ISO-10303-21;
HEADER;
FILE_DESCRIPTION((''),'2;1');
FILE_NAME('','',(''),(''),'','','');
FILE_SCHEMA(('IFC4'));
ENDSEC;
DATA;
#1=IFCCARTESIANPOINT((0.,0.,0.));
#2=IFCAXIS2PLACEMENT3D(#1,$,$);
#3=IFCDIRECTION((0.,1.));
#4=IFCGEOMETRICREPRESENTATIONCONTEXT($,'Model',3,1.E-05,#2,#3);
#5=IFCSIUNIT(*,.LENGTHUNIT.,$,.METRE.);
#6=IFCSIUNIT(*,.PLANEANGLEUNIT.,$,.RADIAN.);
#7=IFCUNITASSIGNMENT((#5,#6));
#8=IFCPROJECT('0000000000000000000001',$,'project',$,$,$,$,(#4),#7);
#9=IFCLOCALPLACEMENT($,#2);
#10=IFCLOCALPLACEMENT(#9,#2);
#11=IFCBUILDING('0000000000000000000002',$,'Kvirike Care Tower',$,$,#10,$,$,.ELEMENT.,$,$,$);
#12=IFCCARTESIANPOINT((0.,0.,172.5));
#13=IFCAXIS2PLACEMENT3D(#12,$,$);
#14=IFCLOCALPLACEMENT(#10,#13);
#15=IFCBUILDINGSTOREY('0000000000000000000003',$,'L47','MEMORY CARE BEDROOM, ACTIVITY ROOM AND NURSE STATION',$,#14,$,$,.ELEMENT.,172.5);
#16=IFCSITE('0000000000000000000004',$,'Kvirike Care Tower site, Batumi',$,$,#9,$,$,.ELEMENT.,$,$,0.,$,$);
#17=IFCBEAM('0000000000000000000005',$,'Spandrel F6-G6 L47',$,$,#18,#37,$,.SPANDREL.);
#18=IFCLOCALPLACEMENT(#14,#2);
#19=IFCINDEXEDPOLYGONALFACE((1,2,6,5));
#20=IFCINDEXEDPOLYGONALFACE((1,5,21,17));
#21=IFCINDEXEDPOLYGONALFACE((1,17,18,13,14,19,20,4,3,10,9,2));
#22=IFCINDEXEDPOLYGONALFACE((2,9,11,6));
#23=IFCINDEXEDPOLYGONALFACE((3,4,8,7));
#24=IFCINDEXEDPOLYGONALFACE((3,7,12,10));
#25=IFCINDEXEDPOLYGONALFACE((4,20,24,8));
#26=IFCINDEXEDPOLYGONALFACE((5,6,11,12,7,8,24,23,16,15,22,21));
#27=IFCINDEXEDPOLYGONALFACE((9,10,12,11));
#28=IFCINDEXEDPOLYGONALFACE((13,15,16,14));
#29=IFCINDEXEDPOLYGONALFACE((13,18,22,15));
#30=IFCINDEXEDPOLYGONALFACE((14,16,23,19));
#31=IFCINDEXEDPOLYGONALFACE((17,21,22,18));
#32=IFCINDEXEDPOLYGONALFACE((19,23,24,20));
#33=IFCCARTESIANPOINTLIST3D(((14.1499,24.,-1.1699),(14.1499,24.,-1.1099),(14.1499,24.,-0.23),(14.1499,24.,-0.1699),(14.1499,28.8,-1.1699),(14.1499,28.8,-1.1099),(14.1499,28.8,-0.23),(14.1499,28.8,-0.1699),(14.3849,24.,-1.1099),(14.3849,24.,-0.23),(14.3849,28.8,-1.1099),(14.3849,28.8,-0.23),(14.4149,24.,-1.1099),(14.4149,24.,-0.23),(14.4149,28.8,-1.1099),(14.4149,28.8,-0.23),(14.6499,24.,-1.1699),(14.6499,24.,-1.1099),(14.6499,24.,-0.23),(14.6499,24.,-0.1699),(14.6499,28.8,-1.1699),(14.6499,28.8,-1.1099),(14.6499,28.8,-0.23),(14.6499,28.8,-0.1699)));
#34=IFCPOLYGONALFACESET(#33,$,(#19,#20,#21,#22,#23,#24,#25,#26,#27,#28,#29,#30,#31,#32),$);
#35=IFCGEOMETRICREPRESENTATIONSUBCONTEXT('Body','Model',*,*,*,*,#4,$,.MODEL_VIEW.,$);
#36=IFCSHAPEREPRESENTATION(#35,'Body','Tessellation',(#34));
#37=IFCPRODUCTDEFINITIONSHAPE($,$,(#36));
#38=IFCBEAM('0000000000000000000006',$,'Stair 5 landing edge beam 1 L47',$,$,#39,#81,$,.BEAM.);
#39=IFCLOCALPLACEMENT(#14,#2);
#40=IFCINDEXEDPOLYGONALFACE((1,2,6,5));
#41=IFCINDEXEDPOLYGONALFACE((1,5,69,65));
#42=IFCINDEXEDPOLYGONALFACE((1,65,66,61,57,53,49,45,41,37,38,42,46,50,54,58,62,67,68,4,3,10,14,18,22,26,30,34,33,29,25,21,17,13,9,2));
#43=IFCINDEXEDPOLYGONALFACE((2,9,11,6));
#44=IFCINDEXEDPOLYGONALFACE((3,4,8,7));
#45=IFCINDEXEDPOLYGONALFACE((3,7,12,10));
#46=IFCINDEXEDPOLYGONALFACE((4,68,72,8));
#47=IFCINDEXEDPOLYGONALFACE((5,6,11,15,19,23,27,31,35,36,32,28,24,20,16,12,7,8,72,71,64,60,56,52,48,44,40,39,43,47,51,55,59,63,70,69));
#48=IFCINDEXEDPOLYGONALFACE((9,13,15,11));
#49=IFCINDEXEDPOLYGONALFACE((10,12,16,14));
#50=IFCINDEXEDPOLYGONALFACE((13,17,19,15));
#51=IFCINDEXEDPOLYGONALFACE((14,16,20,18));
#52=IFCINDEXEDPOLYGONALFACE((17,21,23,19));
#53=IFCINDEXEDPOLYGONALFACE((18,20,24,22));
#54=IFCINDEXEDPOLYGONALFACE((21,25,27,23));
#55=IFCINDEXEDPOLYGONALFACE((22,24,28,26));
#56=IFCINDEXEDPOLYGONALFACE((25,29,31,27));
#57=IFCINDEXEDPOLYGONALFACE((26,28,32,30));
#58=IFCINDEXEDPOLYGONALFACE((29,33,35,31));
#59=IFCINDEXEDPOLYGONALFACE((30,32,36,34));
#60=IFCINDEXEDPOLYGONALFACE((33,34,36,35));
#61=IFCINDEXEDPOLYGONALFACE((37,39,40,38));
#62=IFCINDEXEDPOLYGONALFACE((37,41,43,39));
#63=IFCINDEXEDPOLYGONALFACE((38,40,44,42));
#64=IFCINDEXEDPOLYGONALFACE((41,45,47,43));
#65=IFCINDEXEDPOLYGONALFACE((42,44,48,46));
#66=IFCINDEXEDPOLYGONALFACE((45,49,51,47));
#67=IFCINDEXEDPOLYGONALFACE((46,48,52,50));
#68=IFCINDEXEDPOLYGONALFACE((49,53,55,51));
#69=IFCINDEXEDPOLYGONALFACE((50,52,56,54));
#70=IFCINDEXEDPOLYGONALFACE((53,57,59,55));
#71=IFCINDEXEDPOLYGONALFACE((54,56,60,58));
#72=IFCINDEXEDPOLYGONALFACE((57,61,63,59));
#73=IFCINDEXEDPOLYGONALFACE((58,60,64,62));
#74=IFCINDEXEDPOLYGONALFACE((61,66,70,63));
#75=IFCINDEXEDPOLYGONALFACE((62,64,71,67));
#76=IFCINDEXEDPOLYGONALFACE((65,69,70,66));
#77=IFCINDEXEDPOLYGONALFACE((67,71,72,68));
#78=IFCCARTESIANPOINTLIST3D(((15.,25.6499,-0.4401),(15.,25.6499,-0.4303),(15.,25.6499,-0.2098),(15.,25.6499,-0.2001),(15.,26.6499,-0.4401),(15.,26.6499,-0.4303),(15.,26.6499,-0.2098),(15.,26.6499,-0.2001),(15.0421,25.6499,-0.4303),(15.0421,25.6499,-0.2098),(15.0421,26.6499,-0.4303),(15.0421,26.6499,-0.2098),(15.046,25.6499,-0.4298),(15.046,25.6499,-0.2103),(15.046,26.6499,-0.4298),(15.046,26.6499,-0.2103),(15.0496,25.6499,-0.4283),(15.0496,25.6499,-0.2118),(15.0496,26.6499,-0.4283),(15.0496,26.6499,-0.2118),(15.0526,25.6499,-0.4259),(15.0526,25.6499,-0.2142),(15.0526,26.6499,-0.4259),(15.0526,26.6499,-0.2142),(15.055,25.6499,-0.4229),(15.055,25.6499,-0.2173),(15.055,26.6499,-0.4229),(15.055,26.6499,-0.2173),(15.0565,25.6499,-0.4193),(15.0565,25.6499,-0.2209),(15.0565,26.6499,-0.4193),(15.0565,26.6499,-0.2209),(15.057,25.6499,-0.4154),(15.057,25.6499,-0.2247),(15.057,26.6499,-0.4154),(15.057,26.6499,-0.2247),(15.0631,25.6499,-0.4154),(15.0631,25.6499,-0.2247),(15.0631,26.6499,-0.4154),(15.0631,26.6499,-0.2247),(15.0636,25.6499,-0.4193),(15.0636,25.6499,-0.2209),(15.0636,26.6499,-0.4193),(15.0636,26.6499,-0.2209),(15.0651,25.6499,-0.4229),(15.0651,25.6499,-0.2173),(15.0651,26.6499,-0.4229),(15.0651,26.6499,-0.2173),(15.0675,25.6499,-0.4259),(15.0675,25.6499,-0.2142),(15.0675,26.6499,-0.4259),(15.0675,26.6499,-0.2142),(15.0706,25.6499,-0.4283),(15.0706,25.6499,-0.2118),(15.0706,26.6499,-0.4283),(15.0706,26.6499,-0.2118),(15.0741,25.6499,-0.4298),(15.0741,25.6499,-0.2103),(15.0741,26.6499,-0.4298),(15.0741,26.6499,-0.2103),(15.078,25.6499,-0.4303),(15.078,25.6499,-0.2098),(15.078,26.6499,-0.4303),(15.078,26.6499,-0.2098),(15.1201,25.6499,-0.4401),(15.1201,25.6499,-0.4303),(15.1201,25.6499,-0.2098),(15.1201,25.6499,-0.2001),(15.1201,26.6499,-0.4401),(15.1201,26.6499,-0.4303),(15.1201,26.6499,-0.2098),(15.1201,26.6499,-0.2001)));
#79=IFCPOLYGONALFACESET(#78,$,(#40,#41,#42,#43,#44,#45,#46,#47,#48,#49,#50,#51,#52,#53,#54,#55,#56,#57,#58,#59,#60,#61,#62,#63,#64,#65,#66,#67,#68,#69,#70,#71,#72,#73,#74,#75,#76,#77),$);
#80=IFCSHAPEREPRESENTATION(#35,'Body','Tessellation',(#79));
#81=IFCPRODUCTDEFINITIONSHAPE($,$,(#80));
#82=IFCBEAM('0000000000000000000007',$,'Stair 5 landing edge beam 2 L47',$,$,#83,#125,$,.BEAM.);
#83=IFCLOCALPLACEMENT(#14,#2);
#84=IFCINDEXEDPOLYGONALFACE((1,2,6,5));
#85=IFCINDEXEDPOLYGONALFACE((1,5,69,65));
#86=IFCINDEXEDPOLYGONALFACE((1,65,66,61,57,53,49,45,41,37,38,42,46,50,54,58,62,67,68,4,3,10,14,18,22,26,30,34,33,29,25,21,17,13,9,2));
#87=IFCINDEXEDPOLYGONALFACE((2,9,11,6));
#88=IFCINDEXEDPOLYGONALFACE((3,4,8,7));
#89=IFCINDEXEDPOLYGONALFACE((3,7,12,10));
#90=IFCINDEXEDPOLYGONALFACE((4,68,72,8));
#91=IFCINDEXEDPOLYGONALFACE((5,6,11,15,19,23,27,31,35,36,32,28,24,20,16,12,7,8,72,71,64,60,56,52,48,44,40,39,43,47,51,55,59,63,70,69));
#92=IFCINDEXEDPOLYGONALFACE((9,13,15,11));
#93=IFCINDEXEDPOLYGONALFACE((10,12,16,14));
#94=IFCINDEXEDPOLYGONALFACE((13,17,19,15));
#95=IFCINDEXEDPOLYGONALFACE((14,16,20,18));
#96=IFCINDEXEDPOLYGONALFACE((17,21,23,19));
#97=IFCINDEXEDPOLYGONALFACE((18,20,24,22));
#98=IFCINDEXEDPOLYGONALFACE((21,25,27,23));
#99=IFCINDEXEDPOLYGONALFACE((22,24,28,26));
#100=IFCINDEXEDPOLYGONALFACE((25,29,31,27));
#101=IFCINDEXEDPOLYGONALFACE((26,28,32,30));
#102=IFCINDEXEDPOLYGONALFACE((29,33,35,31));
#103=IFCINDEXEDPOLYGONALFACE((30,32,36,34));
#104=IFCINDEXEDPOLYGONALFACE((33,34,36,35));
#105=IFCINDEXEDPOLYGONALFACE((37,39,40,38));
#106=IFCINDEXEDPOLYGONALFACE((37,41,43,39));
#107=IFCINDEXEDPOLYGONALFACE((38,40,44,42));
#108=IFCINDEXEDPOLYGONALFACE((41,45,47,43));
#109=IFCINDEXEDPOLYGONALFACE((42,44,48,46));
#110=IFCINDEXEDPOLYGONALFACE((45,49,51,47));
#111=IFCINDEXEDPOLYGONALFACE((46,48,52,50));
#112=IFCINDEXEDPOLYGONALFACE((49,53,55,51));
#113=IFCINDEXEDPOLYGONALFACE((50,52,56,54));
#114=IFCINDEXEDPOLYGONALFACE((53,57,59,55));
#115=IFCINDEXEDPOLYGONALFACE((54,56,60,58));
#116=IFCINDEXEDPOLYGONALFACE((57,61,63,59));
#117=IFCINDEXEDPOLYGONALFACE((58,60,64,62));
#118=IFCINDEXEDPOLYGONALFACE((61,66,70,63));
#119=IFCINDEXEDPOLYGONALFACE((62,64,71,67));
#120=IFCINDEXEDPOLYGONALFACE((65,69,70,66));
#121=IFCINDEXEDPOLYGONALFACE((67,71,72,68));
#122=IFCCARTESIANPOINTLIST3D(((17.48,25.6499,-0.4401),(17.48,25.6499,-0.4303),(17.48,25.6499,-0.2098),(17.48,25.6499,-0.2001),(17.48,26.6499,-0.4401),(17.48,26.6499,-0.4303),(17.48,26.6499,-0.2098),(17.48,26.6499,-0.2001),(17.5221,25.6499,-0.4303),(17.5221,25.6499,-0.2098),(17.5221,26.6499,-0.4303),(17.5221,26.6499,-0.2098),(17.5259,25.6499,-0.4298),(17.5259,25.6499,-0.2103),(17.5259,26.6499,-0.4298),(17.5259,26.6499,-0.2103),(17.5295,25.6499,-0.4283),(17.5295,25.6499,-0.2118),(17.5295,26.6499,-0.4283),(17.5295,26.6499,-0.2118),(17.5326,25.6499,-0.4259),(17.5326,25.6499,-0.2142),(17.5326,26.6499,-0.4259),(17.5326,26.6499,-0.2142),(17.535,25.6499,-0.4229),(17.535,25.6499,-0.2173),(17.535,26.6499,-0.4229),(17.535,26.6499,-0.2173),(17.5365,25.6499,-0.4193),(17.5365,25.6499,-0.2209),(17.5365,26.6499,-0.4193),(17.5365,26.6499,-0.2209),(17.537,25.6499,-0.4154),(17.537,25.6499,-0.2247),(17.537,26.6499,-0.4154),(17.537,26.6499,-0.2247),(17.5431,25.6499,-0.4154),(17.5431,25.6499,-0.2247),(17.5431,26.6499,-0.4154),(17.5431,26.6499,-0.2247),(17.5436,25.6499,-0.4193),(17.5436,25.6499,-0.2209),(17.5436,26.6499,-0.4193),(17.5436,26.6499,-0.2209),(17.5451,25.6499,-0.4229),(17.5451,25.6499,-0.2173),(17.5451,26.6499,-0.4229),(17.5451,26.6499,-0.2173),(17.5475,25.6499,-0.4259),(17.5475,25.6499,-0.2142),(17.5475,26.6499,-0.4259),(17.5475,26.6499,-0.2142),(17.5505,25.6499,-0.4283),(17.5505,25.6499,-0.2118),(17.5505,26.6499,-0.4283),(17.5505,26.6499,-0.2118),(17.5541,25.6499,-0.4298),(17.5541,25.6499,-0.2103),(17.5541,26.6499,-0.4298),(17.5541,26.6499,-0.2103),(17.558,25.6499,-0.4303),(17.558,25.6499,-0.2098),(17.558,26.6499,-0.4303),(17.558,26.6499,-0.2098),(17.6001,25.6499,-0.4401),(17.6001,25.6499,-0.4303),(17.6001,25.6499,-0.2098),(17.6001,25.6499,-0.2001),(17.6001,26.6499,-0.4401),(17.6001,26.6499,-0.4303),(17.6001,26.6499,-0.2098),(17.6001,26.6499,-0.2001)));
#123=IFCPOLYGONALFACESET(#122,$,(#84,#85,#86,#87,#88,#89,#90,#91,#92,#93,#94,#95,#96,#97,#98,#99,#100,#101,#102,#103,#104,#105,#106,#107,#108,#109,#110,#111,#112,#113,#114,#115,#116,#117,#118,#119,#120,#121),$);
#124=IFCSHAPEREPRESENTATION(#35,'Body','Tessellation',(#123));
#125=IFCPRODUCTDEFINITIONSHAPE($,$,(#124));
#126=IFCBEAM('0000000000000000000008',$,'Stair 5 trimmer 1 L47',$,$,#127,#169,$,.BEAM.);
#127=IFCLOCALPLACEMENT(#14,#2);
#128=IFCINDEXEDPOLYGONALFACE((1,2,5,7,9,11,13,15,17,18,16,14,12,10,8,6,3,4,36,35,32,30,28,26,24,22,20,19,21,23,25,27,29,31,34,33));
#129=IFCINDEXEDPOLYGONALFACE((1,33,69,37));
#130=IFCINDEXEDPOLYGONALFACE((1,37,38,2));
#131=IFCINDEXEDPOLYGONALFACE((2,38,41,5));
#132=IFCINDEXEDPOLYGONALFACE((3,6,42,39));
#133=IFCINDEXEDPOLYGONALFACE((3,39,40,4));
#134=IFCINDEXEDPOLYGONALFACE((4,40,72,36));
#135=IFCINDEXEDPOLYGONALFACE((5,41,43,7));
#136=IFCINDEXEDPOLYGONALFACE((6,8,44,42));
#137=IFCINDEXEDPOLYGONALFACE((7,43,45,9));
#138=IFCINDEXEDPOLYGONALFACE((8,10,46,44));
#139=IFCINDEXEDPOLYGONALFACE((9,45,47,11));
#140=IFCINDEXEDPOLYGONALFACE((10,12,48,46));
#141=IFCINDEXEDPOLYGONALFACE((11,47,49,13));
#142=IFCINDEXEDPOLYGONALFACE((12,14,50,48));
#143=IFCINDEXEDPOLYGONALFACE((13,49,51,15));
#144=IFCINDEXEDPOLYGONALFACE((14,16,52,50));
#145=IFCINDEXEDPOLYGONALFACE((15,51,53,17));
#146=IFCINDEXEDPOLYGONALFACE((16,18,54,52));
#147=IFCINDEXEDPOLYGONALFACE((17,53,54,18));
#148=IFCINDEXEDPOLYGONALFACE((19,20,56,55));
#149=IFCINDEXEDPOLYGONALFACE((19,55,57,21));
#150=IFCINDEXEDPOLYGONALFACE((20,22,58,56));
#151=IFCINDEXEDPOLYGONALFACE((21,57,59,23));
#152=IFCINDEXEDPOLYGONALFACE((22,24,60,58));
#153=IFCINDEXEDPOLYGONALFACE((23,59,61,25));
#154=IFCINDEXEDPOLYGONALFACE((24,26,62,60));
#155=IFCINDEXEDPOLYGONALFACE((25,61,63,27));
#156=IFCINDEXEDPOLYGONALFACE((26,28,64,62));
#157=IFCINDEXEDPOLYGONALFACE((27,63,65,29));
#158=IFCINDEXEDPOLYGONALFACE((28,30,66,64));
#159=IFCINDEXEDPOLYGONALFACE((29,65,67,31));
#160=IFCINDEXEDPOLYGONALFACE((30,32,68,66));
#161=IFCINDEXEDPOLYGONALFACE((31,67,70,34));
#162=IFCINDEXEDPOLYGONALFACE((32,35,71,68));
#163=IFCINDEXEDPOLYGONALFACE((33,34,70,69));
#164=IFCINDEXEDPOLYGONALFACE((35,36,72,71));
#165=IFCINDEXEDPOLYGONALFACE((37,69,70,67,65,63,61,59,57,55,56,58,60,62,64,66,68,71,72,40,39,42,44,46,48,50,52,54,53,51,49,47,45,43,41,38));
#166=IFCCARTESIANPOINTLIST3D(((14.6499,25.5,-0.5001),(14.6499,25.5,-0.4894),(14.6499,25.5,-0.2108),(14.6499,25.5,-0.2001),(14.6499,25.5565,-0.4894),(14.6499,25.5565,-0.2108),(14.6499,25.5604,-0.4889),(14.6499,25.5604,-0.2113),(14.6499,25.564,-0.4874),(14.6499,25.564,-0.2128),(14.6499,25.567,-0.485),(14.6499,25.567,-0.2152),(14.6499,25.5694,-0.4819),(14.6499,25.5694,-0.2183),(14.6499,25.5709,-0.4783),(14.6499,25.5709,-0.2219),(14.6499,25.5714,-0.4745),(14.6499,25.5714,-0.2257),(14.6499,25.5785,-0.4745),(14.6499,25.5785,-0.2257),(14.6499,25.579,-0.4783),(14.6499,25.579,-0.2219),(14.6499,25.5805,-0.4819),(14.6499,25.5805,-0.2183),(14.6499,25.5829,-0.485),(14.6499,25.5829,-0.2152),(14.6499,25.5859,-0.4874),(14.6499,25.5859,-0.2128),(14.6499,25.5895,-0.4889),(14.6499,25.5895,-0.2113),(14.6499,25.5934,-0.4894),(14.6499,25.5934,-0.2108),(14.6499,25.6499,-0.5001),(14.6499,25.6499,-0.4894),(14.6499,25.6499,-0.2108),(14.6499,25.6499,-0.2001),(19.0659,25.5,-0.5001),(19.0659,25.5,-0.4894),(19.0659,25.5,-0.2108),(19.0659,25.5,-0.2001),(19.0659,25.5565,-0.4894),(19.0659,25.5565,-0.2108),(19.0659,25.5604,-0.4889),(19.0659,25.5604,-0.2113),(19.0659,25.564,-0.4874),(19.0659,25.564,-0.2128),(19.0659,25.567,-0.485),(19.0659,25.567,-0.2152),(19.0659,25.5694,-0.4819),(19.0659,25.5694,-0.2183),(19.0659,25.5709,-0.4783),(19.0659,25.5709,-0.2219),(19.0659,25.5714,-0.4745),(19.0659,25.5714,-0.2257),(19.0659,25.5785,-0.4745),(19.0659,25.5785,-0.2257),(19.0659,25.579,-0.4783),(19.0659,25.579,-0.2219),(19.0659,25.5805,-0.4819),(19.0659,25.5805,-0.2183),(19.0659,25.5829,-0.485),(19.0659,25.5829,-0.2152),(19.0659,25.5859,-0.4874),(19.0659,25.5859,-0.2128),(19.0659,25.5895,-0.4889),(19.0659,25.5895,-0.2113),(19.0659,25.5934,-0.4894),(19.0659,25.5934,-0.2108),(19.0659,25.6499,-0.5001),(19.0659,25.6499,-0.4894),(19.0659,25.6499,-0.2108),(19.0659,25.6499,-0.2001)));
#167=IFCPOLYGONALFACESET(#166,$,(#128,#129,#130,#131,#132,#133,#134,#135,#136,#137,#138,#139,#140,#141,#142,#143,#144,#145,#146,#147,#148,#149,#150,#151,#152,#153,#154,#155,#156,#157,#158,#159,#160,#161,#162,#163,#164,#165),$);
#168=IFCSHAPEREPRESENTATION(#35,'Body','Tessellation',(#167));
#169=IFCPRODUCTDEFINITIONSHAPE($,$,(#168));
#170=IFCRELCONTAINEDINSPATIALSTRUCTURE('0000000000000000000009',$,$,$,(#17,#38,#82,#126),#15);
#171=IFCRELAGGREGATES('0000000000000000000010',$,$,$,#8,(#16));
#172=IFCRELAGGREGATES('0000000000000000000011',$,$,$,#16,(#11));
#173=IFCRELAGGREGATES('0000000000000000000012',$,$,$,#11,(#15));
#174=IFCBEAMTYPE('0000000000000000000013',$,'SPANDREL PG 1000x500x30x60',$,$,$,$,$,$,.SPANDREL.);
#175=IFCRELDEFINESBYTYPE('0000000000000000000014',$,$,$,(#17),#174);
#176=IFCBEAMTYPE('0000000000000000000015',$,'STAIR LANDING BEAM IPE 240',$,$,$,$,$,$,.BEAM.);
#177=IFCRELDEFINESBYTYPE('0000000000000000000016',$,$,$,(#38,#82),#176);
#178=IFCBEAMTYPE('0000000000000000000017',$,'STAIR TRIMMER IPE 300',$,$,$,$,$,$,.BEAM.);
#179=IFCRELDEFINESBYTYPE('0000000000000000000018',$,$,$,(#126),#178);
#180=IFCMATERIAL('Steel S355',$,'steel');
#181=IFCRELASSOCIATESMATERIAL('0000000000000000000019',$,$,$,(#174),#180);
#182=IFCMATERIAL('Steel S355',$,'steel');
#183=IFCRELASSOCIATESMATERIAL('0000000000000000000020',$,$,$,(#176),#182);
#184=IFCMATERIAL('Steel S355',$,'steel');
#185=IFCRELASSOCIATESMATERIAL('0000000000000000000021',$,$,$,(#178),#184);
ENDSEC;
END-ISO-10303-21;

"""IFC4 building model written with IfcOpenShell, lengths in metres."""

from ifc_helpers import new_model, si_unit, direction, frame, origin, origin_2d, place, context, subcontext, project, spatial, i_section, extrude, material, material_profile, profile_set, type_object, element, save


model = new_model("IFC4")

# Units and contexts
model_context = context("Model", 3, precision=1e-05, world=origin(), true_north=direction((0.0, 1.0)))
body_context = subcontext(model_context, "Body", "Model", "MODEL_VIEW")
ifc_project = project(units=[si_unit("LENGTHUNIT", "METRE"), si_unit("PLANEANGLEUNIT", "RADIAN")], contexts=[model_context])

# Site, building, storey
site_placement = place(None, origin())
site = spatial("IfcSite", under=ifc_project, at=site_placement, Name="Kvirike Care Tower site, Batumi", CompositionType="ELEMENT", RefElevation=0.0)
building_placement = place(site_placement, origin())
building = spatial("IfcBuilding", under=site, at=building_placement, Name="Kvirike Care Tower", CompositionType="ELEMENT")
storey_placement = place(building_placement, frame((0.0, 0.0, 172.5)))
storey = spatial("IfcBuildingStorey", under=building, at=storey_placement, Name="L47", Description="MEMORY CARE BEDROOM, ACTIVITY ROOM AND NURSE STATION", CompositionType="ELEMENT", Elevation=172.5)

# Beams
ifc_material_1 = material(Name="Steel S355", Category="steel")
ifc_material_profile_1 = material_profile(ifc_material_1, i_section(OverallWidth=0.5, OverallDepth=1.0, WebThickness=0.03, FlangeThickness=0.0601, at=origin_2d()), Name="PG 1000x500x30x60")
ifc_profile_set_1 = profile_set([ifc_material_profile_1], Name="Steel S355")
beam_type_1 = type_object("IfcBeamType", Name="SPANDREL PG 1000x500x30x60", PredefinedType="SPANDREL", material=ifc_profile_set_1)
beam_1_placement = place(storey_placement, frame((14.3999, 24.0, -0.6699), z_axis=(0.0, 1.0, 0.0), x_axis=(-1.0, 0.0, 0.0)))
element("IfcBeam", 1, at=beam_1_placement, inside=storey, type_object=beam_type_1, Name="Spandrel F6-G6 L47", PredefinedType="SPANDREL", context=body_context, shape_type="SweptSolid", body=[
    extrude(i_section(OverallWidth=0.5, OverallDepth=1.0, WebThickness=0.03, FlangeThickness=0.0601, at=origin_2d()), origin(), (0.0, 0.0, 1.0), 4.8),
])
ifc_material_2 = material(Name="Steel S355", Category="steel")
ifc_material_profile_2 = material_profile(ifc_material_2, i_section(OverallWidth=0.1201, OverallDepth=0.24, WebThickness=0.0061, FlangeThickness=0.0098, FilletRadius=0.0149, at=origin_2d()), Name="IPE 240")
ifc_profile_set_2 = profile_set([ifc_material_profile_2], Name="Steel S355")
beam_type_2 = type_object("IfcBeamType", Name="STAIR LANDING BEAM IPE 240", PredefinedType="BEAM", material=ifc_profile_set_2)
for number, where, z_axis, x_axis, name in (
    (2, (15.0601, 25.6499, -0.3201), (0.0, 1.0, 0.0), (-1.0, 0.0, 0.0), "Stair 5 landing edge beam 1 L47"),
    (3, (17.54, 25.6499, -0.3201), (0.0, 1.0, 0.0), (-1.0, 0.0, 0.0), "Stair 5 landing edge beam 2 L47"),
):
    element("IfcBeam", number, at=place(storey_placement, frame(where, z_axis=z_axis, x_axis=x_axis)), inside=storey, type_object=beam_type_2, Name=name, PredefinedType="BEAM", context=body_context, shape_type="SweptSolid", body=[
        extrude(i_section(OverallWidth=0.1201, OverallDepth=0.24, WebThickness=0.0061, FlangeThickness=0.0098, FilletRadius=0.0149, at=origin_2d()), origin(), (0.0, 0.0, 1.0), 1.0),
    ])
ifc_material_3 = material(Name="Steel S355", Category="steel")
ifc_material_profile_3 = material_profile(ifc_material_3, i_section(OverallWidth=0.1499, OverallDepth=0.3, WebThickness=0.0071, FlangeThickness=0.0107, FilletRadius=0.0149, at=origin_2d()), Name="IPE 300")
ifc_profile_set_3 = profile_set([ifc_material_profile_3], Name="Steel S355")
beam_type_3 = type_object("IfcBeamType", Name="STAIR TRIMMER IPE 300", PredefinedType="BEAM", material=ifc_profile_set_3)
for number, where, z_axis, x_axis, name in (
    (4, (14.6499, 25.575, -0.3501), (1.0, 0.0, 0.0), (0.0, 1.0, 0.0), "Stair 5 trimmer 1 L47"),
):
    element("IfcBeam", number, at=place(storey_placement, frame(where, z_axis=z_axis, x_axis=x_axis)), inside=storey, type_object=beam_type_3, Name=name, PredefinedType="BEAM", context=body_context, shape_type="SweptSolid", body=[
        extrude(i_section(OverallWidth=0.1499, OverallDepth=0.3, WebThickness=0.0071, FlangeThickness=0.0107, FilletRadius=0.0149, at=origin_2d()), origin(), (0.0, 0.0, 1.0), 4.416),
    ])

save(model, "model.ifc")
